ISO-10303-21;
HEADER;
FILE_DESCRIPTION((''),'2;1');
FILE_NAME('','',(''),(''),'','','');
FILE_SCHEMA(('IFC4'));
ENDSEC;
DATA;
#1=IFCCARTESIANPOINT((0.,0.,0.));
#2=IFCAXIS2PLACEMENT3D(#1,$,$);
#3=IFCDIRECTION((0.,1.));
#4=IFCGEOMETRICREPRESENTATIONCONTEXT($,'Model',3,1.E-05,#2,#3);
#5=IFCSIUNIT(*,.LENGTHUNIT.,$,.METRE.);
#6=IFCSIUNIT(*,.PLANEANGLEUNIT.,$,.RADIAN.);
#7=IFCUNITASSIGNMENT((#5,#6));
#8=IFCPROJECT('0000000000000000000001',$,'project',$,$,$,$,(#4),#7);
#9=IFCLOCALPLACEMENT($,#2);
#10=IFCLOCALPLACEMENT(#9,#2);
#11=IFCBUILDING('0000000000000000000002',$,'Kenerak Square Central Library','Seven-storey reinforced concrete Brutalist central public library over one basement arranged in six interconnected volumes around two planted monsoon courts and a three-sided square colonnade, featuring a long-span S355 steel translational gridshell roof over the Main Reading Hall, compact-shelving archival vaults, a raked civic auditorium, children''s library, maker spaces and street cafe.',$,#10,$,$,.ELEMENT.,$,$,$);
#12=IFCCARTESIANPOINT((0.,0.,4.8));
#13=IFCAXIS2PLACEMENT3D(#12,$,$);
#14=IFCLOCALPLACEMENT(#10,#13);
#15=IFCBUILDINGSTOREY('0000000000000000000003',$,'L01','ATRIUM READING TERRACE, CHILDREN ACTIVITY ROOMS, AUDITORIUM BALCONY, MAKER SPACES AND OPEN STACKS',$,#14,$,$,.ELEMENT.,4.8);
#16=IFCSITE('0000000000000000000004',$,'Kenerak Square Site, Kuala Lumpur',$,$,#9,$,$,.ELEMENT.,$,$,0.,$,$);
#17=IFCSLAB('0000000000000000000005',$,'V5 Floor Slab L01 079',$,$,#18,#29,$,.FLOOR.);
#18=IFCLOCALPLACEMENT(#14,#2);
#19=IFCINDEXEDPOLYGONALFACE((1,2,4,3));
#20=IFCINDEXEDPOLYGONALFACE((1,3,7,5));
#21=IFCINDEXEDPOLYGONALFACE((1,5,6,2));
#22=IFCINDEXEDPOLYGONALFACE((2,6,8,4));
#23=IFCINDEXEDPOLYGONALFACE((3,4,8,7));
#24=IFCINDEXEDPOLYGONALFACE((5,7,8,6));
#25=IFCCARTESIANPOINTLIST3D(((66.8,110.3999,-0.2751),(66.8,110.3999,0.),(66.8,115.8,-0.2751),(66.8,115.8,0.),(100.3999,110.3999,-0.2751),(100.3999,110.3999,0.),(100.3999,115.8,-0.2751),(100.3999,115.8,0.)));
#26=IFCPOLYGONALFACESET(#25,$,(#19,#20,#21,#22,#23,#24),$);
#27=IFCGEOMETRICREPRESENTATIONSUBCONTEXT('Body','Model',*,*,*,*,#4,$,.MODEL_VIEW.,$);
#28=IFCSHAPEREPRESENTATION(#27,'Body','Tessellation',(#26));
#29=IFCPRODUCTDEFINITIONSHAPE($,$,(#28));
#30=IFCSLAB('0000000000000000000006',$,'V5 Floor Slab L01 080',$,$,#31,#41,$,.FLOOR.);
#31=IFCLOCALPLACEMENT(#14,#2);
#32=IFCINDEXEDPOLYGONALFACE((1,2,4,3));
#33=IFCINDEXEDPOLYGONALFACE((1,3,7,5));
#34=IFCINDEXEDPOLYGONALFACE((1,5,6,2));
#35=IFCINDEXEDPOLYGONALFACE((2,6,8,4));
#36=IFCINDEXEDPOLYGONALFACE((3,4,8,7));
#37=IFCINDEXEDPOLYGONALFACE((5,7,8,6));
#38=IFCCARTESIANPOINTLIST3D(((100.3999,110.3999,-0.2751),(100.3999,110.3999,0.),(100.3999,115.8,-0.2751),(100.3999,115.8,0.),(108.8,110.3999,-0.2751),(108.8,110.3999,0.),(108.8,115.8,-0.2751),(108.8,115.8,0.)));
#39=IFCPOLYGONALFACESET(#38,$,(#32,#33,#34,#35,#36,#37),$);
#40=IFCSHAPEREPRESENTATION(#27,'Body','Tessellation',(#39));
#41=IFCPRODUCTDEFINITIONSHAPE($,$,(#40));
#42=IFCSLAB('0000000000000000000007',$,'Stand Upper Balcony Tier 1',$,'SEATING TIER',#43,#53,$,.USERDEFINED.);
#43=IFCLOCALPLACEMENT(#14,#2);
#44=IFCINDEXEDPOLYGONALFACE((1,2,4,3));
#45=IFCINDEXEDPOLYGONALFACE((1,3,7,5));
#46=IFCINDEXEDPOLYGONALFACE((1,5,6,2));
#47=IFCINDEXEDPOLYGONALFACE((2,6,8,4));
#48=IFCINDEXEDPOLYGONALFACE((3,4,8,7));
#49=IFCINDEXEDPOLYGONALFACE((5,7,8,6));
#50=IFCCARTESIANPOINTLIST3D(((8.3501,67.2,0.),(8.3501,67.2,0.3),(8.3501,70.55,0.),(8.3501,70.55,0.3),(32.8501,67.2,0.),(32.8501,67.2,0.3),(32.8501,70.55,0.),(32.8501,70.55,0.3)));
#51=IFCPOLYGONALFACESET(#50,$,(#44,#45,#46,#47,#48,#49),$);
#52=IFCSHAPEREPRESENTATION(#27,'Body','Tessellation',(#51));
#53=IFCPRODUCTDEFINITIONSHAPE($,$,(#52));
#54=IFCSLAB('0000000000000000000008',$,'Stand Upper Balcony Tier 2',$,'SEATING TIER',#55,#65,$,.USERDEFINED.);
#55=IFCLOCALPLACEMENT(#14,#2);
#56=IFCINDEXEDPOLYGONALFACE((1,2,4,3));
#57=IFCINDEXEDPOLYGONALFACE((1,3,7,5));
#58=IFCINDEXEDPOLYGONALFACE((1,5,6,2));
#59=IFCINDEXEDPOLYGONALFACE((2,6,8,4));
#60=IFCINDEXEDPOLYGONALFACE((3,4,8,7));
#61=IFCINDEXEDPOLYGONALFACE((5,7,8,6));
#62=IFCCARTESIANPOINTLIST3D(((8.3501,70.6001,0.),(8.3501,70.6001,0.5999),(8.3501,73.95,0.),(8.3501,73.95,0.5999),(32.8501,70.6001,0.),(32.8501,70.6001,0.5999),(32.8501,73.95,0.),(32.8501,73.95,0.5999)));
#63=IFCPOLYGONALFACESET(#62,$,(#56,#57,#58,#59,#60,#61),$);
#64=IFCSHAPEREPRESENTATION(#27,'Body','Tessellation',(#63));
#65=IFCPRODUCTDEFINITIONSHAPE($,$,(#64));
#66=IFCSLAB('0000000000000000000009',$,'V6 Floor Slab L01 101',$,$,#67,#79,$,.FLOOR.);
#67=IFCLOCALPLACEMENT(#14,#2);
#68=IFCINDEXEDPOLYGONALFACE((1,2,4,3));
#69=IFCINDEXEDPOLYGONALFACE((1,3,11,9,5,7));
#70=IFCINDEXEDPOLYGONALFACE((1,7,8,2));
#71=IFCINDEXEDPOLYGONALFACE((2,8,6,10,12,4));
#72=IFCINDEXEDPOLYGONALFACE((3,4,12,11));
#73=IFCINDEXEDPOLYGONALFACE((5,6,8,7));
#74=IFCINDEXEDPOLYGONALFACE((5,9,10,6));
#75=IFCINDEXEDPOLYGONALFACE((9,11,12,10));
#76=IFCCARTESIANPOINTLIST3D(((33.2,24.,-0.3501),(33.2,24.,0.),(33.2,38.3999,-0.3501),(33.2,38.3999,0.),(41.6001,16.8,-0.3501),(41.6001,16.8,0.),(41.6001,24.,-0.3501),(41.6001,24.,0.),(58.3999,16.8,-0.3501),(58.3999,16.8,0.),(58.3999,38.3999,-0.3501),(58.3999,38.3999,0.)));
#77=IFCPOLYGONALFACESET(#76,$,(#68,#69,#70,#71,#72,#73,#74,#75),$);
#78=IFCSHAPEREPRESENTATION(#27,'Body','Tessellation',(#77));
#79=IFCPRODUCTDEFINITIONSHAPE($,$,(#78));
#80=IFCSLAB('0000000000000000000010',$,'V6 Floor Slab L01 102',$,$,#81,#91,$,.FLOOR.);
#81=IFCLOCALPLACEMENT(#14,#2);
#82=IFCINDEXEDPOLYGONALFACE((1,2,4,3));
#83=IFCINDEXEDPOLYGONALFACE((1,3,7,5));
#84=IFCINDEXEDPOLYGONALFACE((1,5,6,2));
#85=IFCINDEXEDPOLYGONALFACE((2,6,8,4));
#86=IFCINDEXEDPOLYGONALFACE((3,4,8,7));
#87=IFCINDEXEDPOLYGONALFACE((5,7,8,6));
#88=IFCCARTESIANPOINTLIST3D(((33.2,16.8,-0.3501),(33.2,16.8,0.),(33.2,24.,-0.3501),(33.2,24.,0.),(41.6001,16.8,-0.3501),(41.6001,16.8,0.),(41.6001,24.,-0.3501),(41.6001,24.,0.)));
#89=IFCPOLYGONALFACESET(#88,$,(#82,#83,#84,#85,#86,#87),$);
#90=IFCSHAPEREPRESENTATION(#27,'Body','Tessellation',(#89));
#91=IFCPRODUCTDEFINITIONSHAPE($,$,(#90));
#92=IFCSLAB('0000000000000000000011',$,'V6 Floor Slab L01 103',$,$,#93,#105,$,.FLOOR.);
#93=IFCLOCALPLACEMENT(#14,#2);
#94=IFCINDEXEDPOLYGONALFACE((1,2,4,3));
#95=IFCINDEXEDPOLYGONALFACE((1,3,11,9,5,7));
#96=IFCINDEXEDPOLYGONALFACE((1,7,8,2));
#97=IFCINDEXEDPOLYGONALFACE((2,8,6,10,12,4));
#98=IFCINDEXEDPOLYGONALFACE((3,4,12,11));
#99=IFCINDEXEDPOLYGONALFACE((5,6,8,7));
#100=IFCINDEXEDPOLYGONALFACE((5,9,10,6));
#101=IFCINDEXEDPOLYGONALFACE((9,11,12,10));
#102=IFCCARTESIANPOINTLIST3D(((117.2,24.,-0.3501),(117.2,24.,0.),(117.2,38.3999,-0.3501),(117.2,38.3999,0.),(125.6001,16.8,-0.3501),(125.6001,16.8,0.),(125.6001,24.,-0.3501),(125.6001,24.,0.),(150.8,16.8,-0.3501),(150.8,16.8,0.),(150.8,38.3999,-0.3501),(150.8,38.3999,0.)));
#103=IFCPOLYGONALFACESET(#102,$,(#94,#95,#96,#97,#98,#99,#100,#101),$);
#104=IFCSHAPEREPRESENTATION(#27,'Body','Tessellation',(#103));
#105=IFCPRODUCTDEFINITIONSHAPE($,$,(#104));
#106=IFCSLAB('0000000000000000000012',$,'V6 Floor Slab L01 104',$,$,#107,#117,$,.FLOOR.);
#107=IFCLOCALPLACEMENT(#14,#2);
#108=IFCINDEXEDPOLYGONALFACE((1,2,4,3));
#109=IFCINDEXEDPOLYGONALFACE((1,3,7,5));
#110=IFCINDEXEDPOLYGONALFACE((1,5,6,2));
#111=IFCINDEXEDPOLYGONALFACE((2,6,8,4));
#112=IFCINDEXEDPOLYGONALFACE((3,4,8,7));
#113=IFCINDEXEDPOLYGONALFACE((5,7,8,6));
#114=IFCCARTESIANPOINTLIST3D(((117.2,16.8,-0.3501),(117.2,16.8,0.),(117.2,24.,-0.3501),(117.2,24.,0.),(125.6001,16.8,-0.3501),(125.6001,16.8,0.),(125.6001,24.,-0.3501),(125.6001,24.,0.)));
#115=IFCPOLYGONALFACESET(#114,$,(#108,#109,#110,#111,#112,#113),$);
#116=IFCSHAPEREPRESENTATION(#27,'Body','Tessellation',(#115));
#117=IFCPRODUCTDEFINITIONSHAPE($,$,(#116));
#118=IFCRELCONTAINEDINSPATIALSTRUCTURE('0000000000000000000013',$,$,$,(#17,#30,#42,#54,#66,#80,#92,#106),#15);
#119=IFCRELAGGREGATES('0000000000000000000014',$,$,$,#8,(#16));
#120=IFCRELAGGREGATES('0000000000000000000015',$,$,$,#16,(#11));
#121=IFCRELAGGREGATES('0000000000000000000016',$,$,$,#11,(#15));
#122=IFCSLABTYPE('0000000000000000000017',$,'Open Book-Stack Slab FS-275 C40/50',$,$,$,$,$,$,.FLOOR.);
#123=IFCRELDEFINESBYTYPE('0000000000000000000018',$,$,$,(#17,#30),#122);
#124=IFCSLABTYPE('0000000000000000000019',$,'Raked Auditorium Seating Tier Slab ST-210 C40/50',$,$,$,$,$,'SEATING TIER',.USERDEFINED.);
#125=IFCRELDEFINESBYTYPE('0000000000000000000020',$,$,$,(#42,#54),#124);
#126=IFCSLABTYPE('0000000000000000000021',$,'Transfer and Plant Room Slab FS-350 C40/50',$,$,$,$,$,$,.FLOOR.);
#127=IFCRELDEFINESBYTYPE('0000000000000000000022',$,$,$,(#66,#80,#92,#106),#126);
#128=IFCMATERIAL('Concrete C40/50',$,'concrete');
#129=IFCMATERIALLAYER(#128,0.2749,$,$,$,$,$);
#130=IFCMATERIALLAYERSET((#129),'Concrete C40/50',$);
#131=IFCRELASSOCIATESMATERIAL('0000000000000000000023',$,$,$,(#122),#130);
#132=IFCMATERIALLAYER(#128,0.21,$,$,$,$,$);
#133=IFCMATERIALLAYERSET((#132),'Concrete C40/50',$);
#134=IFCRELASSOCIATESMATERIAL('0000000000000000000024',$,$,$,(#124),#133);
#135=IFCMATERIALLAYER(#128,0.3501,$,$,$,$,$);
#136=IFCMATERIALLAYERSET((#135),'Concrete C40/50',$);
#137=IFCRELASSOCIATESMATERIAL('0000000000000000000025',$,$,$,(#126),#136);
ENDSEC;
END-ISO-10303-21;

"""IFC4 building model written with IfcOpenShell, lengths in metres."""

from ifc_helpers import new_model, si_unit, direction, frame, origin, place, context, subcontext, project, spatial, polyline, outline, extrude, material, layer, layer_set, type_object, element, save


model = new_model("IFC4")

# Units and contexts
model_context = context("Model", 3, precision=1e-05, world=origin(), true_north=direction((0.0, 1.0)))
body_context = subcontext(model_context, "Body", "Model", "MODEL_VIEW")
ifc_project = project(units=[si_unit("LENGTHUNIT", "METRE"), si_unit("PLANEANGLEUNIT", "RADIAN")], contexts=[model_context])

# Site, building, storey
site_placement = place(None, origin())
site = spatial("IfcSite", under=ifc_project, at=site_placement, Name="Kenerak Square Site, Kuala Lumpur", CompositionType="ELEMENT", RefElevation=0.0)
building_placement = place(site_placement, origin())
building = spatial("IfcBuilding", under=site, at=building_placement, Name="Kenerak Square Central Library", Description="Seven-storey reinforced concrete Brutalist central public library over one basement arranged in six interconnected volumes around two planted monsoon courts and a three-sided square colonnade, featuring a long-span S355 steel translational gridshell roof over the Main Reading Hall, compact-shelving archival vaults, a raked civic auditorium, children's library, maker spaces and street cafe.", CompositionType="ELEMENT")
storey_placement = place(building_placement, frame((0.0, 0.0, 4.8)))
storey = spatial("IfcBuildingStorey", under=building, at=storey_placement, Name="L01", Description="ATRIUM READING TERRACE, CHILDREN ACTIVITY ROOMS, AUDITORIUM BALCONY, MAKER SPACES AND OPEN STACKS", CompositionType="ELEMENT", Elevation=4.8)

# Slabs
ifc_material_1 = material(Name="Concrete C40/50", Category="concrete")
ifc_layer_1 = layer(ifc_material_1, 0.2749)
ifc_layer_set_1 = layer_set([ifc_layer_1], Name="Concrete C40/50")
slab_type_1 = type_object("IfcSlabType", Name="Open Book-Stack Slab FS-275 C40/50", PredefinedType="FLOOR", material=ifc_layer_set_1)
slab_1_placement = place(storey_placement, frame((0.0, 0.0, -0.2751)))
element("IfcSlab", 1, at=slab_1_placement, inside=storey, type_object=slab_type_1, Name="V5 Floor Slab L01 079", PredefinedType="FLOOR", context=body_context, shape_type="SweptSolid", body=[
    extrude(outline(polyline([(66.8, 110.3999), (66.8, 115.8), (100.3999, 115.8), (100.3999, 110.3999), (66.8, 110.3999)])), origin(), (0.0, 0.0, 1.0), 0.2751),
])
slab_2_placement = place(storey_placement, frame((0.0, 0.0, -0.2751)))
element("IfcSlab", 2, at=slab_2_placement, inside=storey, type_object=slab_type_1, Name="V5 Floor Slab L01 080", PredefinedType="FLOOR", context=body_context, shape_type="SweptSolid", body=[
    extrude(outline(polyline([(100.3999, 110.3999), (100.3999, 115.8), (108.8, 115.8), (108.8, 110.3999), (100.3999, 110.3999)])), origin(), (0.0, 0.0, 1.0), 0.2751),
])
ifc_layer_2 = layer(ifc_material_1, 0.21)
ifc_layer_set_2 = layer_set([ifc_layer_2], Name="Concrete C40/50")
slab_type_2 = type_object("IfcSlabType", Name="Raked Auditorium Seating Tier Slab ST-210 C40/50", ElementType="SEATING TIER", PredefinedType="USERDEFINED", material=ifc_layer_set_2)
slab_3_placement = place(storey_placement, origin())
element("IfcSlab", 3, at=slab_3_placement, inside=storey, type_object=slab_type_2, Name="Stand Upper Balcony Tier 1", ObjectType="SEATING TIER", PredefinedType="USERDEFINED", context=body_context, shape_type="SweptSolid", body=[
    extrude(outline(polyline([(8.3501, 67.2), (32.8501, 67.2), (32.8501, 70.55), (8.3501, 70.55), (8.3501, 67.2)])), origin(), (0.0, 0.0, 1.0), 0.3),
])
slab_4_placement = place(storey_placement, origin())
element("IfcSlab", 4, at=slab_4_placement, inside=storey, type_object=slab_type_2, Name="Stand Upper Balcony Tier 2", ObjectType="SEATING TIER", PredefinedType="USERDEFINED", context=body_context, shape_type="SweptSolid", body=[
    extrude(outline(polyline([(8.3501, 70.6001), (32.8501, 70.6001), (32.8501, 73.95), (8.3501, 73.95), (8.3501, 70.6001)])), origin(), (0.0, 0.0, 1.0), 0.5999),
])
ifc_layer_3 = layer(ifc_material_1, 0.3501)
ifc_layer_set_3 = layer_set([ifc_layer_3], Name="Concrete C40/50")
slab_type_3 = type_object("IfcSlabType", Name="Transfer and Plant Room Slab FS-350 C40/50", PredefinedType="FLOOR", material=ifc_layer_set_3)
slab_5_placement = place(storey_placement, frame((0.0, 0.0, -0.3501)))
element("IfcSlab", 5, at=slab_5_placement, inside=storey, type_object=slab_type_3, Name="V6 Floor Slab L01 101", PredefinedType="FLOOR", context=body_context, shape_type="SweptSolid", body=[
    extrude(outline(polyline([(33.2, 38.3999), (58.3999, 38.3999), (58.3999, 16.8), (41.6001, 16.8), (41.6001, 24.0), (33.2, 24.0), (33.2, 38.3999)])), origin(), (0.0, 0.0, 1.0), 0.3501),
])
slab_6_placement = place(storey_placement, frame((0.0, 0.0, -0.3501)))
element("IfcSlab", 6, at=slab_6_placement, inside=storey, type_object=slab_type_3, Name="V6 Floor Slab L01 102", PredefinedType="FLOOR", context=body_context, shape_type="SweptSolid", body=[
    extrude(outline(polyline([(41.6001, 16.8), (41.6001, 24.0), (33.2, 24.0), (33.2, 16.8), (41.6001, 16.8)])), origin(), (0.0, 0.0, 1.0), 0.3501),
])
slab_7_placement = place(storey_placement, frame((0.0, 0.0, -0.3501)))
element("IfcSlab", 7, at=slab_7_placement, inside=storey, type_object=slab_type_3, Name="V6 Floor Slab L01 103", PredefinedType="FLOOR", context=body_context, shape_type="SweptSolid", body=[
    extrude(outline(polyline([(117.2, 38.3999), (150.8, 38.3999), (150.8, 16.8), (125.6001, 16.8), (125.6001, 24.0), (117.2, 24.0), (117.2, 38.3999)])), origin(), (0.0, 0.0, 1.0), 0.3501),
])
slab_8_placement = place(storey_placement, frame((0.0, 0.0, -0.3501)))
element("IfcSlab", 8, at=slab_8_placement, inside=storey, type_object=slab_type_3, Name="V6 Floor Slab L01 104", PredefinedType="FLOOR", context=body_context, shape_type="SweptSolid", body=[
    extrude(outline(polyline([(125.6001, 16.8), (125.6001, 24.0), (117.2, 24.0), (117.2, 16.8), (125.6001, 16.8)])), origin(), (0.0, 0.0, 1.0), 0.3501),
])

save(model, "model.ifc")
